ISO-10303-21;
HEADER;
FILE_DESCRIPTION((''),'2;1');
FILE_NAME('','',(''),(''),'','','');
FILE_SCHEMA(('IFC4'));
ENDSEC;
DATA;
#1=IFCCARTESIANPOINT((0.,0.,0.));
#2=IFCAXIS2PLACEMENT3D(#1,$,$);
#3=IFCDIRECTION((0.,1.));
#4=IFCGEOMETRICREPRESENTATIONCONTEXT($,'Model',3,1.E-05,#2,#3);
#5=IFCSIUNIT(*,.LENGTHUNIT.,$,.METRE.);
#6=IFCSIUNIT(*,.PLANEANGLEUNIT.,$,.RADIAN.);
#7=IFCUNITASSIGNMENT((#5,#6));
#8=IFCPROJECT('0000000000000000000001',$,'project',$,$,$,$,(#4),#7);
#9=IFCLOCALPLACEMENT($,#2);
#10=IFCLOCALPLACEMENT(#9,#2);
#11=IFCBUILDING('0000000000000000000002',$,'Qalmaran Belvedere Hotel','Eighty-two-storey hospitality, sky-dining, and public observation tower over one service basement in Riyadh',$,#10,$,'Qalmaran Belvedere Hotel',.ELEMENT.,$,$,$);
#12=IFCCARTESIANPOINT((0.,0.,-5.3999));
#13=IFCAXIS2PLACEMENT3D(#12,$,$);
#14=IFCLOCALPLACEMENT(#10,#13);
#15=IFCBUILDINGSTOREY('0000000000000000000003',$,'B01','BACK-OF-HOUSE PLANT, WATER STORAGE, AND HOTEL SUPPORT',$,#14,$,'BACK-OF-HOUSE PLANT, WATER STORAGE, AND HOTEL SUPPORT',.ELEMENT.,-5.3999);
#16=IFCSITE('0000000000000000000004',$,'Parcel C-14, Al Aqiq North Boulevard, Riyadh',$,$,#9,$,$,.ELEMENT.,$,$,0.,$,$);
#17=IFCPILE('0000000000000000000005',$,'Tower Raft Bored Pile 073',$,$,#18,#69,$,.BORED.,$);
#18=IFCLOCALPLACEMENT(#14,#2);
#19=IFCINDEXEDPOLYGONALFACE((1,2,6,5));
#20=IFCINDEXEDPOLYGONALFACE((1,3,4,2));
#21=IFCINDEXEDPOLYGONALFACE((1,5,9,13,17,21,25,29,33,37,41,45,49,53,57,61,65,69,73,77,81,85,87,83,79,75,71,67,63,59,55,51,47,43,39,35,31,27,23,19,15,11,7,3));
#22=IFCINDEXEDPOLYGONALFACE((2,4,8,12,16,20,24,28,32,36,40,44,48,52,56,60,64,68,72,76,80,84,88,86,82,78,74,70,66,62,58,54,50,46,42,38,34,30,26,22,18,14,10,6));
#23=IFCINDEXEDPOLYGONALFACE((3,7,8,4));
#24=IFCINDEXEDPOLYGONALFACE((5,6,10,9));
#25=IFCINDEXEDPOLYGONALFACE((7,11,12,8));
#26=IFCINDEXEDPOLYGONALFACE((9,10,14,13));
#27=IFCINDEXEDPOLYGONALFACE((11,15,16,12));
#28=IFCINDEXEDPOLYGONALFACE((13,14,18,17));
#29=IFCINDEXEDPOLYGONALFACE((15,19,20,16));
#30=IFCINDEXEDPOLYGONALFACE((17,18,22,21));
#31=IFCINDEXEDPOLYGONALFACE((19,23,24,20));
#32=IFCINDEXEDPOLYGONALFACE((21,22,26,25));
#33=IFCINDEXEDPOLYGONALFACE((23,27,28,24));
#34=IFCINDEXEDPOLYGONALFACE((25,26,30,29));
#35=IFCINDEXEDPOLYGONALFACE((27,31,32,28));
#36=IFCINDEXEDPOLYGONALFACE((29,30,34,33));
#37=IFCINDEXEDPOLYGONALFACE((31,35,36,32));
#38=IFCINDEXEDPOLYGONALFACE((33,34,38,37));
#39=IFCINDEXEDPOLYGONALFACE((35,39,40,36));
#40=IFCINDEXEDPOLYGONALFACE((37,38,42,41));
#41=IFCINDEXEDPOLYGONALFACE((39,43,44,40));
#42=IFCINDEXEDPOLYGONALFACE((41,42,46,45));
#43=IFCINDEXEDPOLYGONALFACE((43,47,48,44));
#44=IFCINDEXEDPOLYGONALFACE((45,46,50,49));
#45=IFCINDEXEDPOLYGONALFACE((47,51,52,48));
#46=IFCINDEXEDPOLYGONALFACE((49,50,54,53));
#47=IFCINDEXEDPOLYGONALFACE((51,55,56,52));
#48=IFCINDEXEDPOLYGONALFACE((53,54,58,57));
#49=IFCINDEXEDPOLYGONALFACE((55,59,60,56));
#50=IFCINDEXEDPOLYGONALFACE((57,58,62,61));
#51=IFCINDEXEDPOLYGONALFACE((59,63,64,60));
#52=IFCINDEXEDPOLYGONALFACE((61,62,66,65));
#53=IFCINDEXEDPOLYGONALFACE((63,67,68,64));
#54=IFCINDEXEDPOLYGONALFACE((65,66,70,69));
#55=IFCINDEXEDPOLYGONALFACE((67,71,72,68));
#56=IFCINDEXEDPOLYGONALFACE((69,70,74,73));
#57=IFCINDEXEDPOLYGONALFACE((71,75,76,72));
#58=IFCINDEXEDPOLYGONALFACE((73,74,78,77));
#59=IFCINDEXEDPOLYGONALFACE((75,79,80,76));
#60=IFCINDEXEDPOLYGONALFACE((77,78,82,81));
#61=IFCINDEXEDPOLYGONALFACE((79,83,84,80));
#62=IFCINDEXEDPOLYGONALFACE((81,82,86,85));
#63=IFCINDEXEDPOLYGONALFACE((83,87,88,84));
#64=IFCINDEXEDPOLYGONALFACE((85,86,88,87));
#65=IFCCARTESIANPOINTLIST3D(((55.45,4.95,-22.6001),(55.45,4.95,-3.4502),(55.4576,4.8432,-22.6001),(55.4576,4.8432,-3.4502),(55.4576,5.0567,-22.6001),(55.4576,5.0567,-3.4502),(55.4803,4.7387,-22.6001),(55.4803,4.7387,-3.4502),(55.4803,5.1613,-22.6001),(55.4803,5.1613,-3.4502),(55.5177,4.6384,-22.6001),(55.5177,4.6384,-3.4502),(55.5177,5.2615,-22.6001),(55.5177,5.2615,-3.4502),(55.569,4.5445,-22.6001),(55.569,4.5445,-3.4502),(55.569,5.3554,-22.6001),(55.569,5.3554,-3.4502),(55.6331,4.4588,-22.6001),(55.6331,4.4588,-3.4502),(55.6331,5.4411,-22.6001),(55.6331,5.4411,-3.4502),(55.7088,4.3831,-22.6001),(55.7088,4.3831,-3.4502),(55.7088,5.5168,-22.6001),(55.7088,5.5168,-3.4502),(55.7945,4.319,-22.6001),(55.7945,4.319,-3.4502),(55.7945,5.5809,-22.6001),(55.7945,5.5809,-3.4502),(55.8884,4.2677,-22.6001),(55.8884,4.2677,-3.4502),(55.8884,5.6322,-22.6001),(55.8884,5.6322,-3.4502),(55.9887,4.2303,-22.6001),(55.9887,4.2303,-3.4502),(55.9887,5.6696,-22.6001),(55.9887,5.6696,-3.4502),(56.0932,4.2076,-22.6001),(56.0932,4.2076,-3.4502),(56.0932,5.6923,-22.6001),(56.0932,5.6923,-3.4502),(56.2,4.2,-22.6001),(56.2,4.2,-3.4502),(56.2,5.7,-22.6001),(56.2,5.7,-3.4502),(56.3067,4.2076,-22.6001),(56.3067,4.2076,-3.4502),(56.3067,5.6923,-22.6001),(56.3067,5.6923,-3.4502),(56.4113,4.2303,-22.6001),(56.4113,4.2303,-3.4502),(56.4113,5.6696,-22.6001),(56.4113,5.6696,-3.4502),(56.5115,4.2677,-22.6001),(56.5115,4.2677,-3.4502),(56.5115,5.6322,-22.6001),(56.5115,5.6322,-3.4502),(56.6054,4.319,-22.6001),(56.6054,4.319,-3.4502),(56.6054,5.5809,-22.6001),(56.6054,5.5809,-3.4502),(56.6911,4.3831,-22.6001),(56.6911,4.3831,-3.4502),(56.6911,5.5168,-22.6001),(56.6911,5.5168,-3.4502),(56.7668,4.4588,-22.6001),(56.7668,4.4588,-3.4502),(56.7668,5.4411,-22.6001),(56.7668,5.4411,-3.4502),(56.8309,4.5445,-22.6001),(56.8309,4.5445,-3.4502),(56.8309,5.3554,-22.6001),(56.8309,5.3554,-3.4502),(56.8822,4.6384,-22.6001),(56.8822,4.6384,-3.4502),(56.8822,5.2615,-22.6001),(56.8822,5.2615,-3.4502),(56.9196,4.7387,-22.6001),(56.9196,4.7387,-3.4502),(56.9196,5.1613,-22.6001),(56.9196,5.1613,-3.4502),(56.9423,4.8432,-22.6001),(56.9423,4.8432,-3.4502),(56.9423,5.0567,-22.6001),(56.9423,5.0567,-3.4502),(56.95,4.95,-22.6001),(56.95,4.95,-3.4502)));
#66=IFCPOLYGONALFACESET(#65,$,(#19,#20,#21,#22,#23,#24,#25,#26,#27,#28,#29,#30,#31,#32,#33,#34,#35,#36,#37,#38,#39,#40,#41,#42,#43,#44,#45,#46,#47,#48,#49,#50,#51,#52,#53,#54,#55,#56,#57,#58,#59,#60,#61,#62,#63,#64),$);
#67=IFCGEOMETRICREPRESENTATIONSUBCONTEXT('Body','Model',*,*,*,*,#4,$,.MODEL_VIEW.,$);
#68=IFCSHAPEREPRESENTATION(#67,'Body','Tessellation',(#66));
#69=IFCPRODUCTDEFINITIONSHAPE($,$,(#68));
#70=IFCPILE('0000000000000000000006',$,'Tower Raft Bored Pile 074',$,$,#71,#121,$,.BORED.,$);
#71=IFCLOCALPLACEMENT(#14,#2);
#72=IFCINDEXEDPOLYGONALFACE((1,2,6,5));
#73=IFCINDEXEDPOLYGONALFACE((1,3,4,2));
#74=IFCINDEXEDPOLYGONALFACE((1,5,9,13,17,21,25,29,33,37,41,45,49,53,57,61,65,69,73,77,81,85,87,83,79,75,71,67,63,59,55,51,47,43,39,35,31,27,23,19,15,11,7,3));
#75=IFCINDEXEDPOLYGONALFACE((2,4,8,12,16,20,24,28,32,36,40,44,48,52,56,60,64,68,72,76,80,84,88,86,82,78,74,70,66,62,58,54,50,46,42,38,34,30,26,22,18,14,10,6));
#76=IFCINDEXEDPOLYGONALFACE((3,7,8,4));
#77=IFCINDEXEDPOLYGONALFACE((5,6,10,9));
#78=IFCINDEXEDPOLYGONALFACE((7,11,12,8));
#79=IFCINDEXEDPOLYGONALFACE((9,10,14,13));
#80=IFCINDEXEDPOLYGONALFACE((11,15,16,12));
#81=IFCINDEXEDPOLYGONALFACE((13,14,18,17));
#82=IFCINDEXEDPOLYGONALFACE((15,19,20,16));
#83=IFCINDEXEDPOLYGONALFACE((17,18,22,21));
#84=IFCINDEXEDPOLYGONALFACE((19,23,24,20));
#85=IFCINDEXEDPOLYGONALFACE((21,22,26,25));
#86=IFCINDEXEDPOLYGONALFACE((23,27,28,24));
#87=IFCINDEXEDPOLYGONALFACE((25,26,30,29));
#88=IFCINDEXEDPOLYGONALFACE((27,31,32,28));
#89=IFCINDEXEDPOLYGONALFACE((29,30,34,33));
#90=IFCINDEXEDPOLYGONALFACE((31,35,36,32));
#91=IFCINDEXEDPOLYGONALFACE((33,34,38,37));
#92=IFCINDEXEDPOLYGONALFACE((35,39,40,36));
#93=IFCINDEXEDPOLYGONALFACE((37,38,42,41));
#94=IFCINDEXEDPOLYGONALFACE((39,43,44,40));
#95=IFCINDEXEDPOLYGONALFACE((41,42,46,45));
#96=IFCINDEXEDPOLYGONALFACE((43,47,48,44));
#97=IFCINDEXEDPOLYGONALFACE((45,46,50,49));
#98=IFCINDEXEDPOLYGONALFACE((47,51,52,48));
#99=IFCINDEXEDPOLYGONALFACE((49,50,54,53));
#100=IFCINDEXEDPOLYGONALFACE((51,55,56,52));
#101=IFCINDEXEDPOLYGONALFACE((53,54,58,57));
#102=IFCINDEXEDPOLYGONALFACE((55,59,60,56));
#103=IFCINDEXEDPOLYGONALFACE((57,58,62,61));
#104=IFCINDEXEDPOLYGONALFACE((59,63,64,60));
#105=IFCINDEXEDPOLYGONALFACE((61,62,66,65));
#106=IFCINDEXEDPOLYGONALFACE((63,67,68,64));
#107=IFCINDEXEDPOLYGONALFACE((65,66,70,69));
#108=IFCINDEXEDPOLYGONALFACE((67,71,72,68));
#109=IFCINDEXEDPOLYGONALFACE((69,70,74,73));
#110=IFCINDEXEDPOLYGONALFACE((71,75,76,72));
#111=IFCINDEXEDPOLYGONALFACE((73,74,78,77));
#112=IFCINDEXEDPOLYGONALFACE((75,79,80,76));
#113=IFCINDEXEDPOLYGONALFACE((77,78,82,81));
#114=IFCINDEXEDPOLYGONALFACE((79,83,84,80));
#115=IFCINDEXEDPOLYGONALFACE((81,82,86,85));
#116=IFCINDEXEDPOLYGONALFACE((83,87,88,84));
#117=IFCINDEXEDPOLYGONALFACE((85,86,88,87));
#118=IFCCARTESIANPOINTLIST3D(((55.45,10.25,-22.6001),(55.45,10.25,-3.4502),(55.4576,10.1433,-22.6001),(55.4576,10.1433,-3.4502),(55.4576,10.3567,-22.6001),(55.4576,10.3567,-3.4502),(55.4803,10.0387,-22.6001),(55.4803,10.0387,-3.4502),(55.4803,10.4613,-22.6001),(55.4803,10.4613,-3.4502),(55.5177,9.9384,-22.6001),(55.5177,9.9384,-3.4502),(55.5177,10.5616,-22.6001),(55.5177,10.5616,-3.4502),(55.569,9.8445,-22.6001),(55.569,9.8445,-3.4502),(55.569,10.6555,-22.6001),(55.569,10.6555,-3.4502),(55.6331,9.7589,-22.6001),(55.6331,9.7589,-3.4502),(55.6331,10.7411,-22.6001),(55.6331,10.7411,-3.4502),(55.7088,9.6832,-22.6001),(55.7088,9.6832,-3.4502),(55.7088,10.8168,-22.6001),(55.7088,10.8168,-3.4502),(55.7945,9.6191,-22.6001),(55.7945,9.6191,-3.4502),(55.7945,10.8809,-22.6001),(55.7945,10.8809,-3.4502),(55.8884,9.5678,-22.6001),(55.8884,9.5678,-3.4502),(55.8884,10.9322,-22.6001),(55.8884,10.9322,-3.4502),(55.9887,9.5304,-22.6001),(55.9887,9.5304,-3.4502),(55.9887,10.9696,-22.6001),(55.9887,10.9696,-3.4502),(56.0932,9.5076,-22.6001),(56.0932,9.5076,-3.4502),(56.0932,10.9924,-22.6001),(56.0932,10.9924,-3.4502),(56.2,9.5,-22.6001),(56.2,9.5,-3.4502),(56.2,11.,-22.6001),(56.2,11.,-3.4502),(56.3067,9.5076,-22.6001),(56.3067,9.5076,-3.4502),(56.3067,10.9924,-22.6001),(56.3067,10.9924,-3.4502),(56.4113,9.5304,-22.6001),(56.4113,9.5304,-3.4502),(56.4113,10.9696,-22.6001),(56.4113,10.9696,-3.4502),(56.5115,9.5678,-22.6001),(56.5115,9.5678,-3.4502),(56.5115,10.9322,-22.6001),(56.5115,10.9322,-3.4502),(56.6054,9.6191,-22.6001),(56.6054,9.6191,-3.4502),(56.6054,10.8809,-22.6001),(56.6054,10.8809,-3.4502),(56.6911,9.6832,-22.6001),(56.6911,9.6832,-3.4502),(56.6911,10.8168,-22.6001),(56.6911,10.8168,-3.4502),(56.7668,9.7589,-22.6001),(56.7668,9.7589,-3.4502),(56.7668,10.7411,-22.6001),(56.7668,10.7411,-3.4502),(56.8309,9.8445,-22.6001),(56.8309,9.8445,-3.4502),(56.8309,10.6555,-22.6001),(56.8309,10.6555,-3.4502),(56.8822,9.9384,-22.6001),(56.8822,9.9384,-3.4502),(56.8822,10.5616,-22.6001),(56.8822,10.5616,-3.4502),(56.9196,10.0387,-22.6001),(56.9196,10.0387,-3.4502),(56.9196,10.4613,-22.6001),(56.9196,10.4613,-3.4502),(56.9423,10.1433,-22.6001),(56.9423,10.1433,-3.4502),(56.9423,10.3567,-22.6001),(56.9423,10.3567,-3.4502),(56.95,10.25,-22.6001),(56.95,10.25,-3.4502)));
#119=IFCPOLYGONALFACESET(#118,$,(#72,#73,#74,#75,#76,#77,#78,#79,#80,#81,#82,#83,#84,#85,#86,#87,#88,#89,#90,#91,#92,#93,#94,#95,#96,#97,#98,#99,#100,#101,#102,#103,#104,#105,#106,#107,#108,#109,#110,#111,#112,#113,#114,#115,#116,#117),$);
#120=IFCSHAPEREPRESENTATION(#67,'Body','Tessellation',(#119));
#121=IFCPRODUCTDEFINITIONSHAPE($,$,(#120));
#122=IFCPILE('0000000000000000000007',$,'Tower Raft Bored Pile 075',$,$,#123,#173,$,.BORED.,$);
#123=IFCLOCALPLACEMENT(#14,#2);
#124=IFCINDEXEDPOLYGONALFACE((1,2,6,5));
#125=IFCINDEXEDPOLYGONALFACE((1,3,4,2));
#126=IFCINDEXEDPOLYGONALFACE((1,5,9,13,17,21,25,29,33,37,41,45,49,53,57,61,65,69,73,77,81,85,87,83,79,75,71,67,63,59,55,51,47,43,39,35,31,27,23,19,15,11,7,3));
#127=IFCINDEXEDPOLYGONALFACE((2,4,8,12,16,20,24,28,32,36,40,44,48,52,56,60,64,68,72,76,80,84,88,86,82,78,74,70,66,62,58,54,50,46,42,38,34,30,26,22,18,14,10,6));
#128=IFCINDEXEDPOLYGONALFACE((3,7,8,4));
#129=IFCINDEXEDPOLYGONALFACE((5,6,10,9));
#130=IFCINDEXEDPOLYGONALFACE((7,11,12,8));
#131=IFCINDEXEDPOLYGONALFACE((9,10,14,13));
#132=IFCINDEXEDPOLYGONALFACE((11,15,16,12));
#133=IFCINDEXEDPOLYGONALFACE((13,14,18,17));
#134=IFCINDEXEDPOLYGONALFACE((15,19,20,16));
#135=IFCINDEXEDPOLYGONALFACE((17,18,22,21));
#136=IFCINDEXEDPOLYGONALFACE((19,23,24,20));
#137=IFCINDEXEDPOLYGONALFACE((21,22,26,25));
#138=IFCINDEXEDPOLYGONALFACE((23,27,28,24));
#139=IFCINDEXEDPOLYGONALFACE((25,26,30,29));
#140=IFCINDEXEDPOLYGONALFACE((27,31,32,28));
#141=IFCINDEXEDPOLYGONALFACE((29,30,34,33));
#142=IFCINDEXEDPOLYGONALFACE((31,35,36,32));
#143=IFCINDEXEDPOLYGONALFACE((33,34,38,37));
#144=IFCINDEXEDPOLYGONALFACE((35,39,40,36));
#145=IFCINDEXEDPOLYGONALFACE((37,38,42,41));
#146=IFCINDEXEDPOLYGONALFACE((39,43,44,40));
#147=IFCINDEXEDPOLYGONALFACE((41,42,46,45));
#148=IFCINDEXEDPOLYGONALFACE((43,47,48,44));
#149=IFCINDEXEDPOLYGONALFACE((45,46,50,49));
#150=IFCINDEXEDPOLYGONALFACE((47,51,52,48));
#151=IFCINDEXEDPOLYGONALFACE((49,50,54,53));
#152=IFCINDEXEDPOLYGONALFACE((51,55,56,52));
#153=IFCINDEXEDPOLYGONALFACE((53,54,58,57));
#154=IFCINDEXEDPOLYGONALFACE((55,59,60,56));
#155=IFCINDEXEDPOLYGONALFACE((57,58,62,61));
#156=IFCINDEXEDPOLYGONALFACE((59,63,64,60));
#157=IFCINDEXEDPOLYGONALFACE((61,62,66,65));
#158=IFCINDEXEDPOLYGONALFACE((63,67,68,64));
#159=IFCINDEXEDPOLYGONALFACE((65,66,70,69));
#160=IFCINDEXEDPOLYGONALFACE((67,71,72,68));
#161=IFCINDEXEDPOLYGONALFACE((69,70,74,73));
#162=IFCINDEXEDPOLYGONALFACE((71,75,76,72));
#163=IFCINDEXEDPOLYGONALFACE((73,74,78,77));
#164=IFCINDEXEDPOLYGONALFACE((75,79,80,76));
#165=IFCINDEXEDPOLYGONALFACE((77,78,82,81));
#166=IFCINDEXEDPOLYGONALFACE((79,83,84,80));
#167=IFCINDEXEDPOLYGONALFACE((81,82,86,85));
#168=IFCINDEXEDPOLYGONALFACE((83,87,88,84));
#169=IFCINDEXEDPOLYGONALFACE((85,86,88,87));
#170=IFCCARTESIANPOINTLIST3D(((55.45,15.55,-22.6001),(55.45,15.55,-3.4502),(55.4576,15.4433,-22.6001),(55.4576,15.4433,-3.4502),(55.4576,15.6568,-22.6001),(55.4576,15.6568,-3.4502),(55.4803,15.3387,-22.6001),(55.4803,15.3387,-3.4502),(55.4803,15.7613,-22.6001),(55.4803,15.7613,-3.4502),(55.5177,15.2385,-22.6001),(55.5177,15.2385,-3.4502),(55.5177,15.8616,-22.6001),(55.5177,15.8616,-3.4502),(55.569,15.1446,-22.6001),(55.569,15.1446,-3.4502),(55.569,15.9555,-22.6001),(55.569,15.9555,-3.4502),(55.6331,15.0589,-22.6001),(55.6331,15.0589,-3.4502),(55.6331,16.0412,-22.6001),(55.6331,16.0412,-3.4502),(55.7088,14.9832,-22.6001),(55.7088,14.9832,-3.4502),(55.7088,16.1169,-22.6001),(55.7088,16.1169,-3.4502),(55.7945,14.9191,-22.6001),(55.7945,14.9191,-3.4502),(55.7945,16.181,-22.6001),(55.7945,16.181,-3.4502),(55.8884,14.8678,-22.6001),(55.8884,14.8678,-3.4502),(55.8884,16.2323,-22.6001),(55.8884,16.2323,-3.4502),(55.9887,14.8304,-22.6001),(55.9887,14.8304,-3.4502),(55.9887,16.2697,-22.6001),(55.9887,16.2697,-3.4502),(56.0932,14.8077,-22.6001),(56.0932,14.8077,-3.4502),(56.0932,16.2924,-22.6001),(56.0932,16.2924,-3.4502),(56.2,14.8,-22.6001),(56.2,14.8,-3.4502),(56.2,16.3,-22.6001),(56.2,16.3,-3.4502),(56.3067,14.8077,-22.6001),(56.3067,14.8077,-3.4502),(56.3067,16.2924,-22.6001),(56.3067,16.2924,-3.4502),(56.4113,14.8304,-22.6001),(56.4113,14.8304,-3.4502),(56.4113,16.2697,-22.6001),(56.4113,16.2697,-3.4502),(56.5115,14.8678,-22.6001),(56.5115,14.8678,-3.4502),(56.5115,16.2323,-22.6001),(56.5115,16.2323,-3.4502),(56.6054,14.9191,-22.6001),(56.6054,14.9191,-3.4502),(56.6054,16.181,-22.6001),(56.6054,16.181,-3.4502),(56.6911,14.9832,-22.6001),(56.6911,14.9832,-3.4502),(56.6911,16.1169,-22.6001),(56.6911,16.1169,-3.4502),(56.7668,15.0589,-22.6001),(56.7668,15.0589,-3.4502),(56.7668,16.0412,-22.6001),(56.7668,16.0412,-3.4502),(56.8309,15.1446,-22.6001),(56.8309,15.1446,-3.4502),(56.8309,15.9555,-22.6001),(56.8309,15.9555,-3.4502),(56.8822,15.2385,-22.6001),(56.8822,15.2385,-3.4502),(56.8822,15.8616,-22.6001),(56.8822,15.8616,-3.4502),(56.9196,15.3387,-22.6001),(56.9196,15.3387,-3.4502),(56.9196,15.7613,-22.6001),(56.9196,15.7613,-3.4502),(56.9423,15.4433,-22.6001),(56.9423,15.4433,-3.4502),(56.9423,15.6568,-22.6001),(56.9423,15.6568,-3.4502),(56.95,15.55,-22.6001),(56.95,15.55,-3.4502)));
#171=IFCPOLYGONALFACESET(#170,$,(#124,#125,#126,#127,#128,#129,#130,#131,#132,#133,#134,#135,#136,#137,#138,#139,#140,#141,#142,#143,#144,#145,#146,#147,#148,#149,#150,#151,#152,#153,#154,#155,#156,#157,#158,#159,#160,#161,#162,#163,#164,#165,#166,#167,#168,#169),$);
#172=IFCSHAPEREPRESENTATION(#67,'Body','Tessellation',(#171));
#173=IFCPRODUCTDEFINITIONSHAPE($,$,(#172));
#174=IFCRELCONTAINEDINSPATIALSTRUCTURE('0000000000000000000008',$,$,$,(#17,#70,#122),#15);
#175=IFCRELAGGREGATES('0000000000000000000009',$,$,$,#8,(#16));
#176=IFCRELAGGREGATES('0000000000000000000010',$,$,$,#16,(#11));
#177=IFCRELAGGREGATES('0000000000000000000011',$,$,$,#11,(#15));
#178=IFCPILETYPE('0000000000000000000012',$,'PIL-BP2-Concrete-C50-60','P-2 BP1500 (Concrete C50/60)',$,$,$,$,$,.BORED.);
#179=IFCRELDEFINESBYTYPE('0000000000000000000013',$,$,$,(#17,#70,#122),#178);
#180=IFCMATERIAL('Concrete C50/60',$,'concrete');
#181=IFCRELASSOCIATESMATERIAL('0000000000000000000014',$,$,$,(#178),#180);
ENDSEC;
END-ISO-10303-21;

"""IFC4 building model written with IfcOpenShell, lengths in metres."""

from ifc_helpers import new_model, si_unit, direction, frame, origin, origin_2d, place, context, subcontext, project, spatial, circle, extrude, material, material_profile, profile_set, type_object, element, save


model = new_model("IFC4")

# Units and contexts
model_context = context("Model", 3, precision=1e-05, world=origin(), true_north=direction((0.0, 1.0)))
body_context = subcontext(model_context, "Body", "Model", "MODEL_VIEW")
ifc_project = project(units=[si_unit("LENGTHUNIT", "METRE"), si_unit("PLANEANGLEUNIT", "RADIAN")], contexts=[model_context])

# Site, building, storey
site_placement = place(None, origin())
site = spatial("IfcSite", under=ifc_project, at=site_placement, Name="Parcel C-14, Al Aqiq North Boulevard, Riyadh", CompositionType="ELEMENT", RefElevation=0.0)
building_placement = place(site_placement, origin())
building = spatial("IfcBuilding", under=site, at=building_placement, Name="Qalmaran Belvedere Hotel", Description="Eighty-two-storey hospitality, sky-dining, and public observation tower over one service basement in Riyadh", LongName="Qalmaran Belvedere Hotel", CompositionType="ELEMENT")
storey_placement = place(building_placement, frame((0.0, 0.0, -5.3999)))
storey = spatial("IfcBuildingStorey", under=building, at=storey_placement, Name="B01", Description="BACK-OF-HOUSE PLANT, WATER STORAGE, AND HOTEL SUPPORT", LongName="BACK-OF-HOUSE PLANT, WATER STORAGE, AND HOTEL SUPPORT", CompositionType="ELEMENT", Elevation=-5.3999)

# Shared definitions
ifc_material_1 = material(Name="Concrete C50/60", Category="concrete")

# Piles
ifc_material_profile_1 = material_profile(ifc_material_1, circle(Radius=0.75, at=origin_2d()), Name="BP1500")
ifc_profile_set_1 = profile_set([ifc_material_profile_1], Name="Concrete C50/60")
pile_type_1 = type_object("IfcPileType", Name="PIL-BP2-Concrete-C50-60", Description="P-2 BP1500 (Concrete C50/60)", PredefinedType="BORED", material=ifc_profile_set_1)
for number, where, z_axis, x_axis, name in (
    (1, (56.2, 4.95, -3.4502), (0.0, 0.0, -1.0), (1.0, 0.0, 0.0), "Tower Raft Bored Pile 073"),
    (2, (56.2, 10.25, -3.4502), (0.0, 0.0, -1.0), (1.0, 0.0, 0.0), "Tower Raft Bored Pile 074"),
    (3, (56.2, 15.55, -3.4502), (0.0, 0.0, -1.0), (1.0, 0.0, 0.0), "Tower Raft Bored Pile 075"),
):
    element("IfcPile", number, at=place(storey_placement, frame(where, z_axis=z_axis, x_axis=x_axis)), inside=storey, type_object=pile_type_1, Name=name, PredefinedType="BORED", context=body_context, shape_type="SweptSolid", body=[
        extrude(circle(Radius=0.75, at=origin_2d()), origin(), (0.0, 0.0, 1.0), 19.1499),
    ])

save(model, "model.ifc")
